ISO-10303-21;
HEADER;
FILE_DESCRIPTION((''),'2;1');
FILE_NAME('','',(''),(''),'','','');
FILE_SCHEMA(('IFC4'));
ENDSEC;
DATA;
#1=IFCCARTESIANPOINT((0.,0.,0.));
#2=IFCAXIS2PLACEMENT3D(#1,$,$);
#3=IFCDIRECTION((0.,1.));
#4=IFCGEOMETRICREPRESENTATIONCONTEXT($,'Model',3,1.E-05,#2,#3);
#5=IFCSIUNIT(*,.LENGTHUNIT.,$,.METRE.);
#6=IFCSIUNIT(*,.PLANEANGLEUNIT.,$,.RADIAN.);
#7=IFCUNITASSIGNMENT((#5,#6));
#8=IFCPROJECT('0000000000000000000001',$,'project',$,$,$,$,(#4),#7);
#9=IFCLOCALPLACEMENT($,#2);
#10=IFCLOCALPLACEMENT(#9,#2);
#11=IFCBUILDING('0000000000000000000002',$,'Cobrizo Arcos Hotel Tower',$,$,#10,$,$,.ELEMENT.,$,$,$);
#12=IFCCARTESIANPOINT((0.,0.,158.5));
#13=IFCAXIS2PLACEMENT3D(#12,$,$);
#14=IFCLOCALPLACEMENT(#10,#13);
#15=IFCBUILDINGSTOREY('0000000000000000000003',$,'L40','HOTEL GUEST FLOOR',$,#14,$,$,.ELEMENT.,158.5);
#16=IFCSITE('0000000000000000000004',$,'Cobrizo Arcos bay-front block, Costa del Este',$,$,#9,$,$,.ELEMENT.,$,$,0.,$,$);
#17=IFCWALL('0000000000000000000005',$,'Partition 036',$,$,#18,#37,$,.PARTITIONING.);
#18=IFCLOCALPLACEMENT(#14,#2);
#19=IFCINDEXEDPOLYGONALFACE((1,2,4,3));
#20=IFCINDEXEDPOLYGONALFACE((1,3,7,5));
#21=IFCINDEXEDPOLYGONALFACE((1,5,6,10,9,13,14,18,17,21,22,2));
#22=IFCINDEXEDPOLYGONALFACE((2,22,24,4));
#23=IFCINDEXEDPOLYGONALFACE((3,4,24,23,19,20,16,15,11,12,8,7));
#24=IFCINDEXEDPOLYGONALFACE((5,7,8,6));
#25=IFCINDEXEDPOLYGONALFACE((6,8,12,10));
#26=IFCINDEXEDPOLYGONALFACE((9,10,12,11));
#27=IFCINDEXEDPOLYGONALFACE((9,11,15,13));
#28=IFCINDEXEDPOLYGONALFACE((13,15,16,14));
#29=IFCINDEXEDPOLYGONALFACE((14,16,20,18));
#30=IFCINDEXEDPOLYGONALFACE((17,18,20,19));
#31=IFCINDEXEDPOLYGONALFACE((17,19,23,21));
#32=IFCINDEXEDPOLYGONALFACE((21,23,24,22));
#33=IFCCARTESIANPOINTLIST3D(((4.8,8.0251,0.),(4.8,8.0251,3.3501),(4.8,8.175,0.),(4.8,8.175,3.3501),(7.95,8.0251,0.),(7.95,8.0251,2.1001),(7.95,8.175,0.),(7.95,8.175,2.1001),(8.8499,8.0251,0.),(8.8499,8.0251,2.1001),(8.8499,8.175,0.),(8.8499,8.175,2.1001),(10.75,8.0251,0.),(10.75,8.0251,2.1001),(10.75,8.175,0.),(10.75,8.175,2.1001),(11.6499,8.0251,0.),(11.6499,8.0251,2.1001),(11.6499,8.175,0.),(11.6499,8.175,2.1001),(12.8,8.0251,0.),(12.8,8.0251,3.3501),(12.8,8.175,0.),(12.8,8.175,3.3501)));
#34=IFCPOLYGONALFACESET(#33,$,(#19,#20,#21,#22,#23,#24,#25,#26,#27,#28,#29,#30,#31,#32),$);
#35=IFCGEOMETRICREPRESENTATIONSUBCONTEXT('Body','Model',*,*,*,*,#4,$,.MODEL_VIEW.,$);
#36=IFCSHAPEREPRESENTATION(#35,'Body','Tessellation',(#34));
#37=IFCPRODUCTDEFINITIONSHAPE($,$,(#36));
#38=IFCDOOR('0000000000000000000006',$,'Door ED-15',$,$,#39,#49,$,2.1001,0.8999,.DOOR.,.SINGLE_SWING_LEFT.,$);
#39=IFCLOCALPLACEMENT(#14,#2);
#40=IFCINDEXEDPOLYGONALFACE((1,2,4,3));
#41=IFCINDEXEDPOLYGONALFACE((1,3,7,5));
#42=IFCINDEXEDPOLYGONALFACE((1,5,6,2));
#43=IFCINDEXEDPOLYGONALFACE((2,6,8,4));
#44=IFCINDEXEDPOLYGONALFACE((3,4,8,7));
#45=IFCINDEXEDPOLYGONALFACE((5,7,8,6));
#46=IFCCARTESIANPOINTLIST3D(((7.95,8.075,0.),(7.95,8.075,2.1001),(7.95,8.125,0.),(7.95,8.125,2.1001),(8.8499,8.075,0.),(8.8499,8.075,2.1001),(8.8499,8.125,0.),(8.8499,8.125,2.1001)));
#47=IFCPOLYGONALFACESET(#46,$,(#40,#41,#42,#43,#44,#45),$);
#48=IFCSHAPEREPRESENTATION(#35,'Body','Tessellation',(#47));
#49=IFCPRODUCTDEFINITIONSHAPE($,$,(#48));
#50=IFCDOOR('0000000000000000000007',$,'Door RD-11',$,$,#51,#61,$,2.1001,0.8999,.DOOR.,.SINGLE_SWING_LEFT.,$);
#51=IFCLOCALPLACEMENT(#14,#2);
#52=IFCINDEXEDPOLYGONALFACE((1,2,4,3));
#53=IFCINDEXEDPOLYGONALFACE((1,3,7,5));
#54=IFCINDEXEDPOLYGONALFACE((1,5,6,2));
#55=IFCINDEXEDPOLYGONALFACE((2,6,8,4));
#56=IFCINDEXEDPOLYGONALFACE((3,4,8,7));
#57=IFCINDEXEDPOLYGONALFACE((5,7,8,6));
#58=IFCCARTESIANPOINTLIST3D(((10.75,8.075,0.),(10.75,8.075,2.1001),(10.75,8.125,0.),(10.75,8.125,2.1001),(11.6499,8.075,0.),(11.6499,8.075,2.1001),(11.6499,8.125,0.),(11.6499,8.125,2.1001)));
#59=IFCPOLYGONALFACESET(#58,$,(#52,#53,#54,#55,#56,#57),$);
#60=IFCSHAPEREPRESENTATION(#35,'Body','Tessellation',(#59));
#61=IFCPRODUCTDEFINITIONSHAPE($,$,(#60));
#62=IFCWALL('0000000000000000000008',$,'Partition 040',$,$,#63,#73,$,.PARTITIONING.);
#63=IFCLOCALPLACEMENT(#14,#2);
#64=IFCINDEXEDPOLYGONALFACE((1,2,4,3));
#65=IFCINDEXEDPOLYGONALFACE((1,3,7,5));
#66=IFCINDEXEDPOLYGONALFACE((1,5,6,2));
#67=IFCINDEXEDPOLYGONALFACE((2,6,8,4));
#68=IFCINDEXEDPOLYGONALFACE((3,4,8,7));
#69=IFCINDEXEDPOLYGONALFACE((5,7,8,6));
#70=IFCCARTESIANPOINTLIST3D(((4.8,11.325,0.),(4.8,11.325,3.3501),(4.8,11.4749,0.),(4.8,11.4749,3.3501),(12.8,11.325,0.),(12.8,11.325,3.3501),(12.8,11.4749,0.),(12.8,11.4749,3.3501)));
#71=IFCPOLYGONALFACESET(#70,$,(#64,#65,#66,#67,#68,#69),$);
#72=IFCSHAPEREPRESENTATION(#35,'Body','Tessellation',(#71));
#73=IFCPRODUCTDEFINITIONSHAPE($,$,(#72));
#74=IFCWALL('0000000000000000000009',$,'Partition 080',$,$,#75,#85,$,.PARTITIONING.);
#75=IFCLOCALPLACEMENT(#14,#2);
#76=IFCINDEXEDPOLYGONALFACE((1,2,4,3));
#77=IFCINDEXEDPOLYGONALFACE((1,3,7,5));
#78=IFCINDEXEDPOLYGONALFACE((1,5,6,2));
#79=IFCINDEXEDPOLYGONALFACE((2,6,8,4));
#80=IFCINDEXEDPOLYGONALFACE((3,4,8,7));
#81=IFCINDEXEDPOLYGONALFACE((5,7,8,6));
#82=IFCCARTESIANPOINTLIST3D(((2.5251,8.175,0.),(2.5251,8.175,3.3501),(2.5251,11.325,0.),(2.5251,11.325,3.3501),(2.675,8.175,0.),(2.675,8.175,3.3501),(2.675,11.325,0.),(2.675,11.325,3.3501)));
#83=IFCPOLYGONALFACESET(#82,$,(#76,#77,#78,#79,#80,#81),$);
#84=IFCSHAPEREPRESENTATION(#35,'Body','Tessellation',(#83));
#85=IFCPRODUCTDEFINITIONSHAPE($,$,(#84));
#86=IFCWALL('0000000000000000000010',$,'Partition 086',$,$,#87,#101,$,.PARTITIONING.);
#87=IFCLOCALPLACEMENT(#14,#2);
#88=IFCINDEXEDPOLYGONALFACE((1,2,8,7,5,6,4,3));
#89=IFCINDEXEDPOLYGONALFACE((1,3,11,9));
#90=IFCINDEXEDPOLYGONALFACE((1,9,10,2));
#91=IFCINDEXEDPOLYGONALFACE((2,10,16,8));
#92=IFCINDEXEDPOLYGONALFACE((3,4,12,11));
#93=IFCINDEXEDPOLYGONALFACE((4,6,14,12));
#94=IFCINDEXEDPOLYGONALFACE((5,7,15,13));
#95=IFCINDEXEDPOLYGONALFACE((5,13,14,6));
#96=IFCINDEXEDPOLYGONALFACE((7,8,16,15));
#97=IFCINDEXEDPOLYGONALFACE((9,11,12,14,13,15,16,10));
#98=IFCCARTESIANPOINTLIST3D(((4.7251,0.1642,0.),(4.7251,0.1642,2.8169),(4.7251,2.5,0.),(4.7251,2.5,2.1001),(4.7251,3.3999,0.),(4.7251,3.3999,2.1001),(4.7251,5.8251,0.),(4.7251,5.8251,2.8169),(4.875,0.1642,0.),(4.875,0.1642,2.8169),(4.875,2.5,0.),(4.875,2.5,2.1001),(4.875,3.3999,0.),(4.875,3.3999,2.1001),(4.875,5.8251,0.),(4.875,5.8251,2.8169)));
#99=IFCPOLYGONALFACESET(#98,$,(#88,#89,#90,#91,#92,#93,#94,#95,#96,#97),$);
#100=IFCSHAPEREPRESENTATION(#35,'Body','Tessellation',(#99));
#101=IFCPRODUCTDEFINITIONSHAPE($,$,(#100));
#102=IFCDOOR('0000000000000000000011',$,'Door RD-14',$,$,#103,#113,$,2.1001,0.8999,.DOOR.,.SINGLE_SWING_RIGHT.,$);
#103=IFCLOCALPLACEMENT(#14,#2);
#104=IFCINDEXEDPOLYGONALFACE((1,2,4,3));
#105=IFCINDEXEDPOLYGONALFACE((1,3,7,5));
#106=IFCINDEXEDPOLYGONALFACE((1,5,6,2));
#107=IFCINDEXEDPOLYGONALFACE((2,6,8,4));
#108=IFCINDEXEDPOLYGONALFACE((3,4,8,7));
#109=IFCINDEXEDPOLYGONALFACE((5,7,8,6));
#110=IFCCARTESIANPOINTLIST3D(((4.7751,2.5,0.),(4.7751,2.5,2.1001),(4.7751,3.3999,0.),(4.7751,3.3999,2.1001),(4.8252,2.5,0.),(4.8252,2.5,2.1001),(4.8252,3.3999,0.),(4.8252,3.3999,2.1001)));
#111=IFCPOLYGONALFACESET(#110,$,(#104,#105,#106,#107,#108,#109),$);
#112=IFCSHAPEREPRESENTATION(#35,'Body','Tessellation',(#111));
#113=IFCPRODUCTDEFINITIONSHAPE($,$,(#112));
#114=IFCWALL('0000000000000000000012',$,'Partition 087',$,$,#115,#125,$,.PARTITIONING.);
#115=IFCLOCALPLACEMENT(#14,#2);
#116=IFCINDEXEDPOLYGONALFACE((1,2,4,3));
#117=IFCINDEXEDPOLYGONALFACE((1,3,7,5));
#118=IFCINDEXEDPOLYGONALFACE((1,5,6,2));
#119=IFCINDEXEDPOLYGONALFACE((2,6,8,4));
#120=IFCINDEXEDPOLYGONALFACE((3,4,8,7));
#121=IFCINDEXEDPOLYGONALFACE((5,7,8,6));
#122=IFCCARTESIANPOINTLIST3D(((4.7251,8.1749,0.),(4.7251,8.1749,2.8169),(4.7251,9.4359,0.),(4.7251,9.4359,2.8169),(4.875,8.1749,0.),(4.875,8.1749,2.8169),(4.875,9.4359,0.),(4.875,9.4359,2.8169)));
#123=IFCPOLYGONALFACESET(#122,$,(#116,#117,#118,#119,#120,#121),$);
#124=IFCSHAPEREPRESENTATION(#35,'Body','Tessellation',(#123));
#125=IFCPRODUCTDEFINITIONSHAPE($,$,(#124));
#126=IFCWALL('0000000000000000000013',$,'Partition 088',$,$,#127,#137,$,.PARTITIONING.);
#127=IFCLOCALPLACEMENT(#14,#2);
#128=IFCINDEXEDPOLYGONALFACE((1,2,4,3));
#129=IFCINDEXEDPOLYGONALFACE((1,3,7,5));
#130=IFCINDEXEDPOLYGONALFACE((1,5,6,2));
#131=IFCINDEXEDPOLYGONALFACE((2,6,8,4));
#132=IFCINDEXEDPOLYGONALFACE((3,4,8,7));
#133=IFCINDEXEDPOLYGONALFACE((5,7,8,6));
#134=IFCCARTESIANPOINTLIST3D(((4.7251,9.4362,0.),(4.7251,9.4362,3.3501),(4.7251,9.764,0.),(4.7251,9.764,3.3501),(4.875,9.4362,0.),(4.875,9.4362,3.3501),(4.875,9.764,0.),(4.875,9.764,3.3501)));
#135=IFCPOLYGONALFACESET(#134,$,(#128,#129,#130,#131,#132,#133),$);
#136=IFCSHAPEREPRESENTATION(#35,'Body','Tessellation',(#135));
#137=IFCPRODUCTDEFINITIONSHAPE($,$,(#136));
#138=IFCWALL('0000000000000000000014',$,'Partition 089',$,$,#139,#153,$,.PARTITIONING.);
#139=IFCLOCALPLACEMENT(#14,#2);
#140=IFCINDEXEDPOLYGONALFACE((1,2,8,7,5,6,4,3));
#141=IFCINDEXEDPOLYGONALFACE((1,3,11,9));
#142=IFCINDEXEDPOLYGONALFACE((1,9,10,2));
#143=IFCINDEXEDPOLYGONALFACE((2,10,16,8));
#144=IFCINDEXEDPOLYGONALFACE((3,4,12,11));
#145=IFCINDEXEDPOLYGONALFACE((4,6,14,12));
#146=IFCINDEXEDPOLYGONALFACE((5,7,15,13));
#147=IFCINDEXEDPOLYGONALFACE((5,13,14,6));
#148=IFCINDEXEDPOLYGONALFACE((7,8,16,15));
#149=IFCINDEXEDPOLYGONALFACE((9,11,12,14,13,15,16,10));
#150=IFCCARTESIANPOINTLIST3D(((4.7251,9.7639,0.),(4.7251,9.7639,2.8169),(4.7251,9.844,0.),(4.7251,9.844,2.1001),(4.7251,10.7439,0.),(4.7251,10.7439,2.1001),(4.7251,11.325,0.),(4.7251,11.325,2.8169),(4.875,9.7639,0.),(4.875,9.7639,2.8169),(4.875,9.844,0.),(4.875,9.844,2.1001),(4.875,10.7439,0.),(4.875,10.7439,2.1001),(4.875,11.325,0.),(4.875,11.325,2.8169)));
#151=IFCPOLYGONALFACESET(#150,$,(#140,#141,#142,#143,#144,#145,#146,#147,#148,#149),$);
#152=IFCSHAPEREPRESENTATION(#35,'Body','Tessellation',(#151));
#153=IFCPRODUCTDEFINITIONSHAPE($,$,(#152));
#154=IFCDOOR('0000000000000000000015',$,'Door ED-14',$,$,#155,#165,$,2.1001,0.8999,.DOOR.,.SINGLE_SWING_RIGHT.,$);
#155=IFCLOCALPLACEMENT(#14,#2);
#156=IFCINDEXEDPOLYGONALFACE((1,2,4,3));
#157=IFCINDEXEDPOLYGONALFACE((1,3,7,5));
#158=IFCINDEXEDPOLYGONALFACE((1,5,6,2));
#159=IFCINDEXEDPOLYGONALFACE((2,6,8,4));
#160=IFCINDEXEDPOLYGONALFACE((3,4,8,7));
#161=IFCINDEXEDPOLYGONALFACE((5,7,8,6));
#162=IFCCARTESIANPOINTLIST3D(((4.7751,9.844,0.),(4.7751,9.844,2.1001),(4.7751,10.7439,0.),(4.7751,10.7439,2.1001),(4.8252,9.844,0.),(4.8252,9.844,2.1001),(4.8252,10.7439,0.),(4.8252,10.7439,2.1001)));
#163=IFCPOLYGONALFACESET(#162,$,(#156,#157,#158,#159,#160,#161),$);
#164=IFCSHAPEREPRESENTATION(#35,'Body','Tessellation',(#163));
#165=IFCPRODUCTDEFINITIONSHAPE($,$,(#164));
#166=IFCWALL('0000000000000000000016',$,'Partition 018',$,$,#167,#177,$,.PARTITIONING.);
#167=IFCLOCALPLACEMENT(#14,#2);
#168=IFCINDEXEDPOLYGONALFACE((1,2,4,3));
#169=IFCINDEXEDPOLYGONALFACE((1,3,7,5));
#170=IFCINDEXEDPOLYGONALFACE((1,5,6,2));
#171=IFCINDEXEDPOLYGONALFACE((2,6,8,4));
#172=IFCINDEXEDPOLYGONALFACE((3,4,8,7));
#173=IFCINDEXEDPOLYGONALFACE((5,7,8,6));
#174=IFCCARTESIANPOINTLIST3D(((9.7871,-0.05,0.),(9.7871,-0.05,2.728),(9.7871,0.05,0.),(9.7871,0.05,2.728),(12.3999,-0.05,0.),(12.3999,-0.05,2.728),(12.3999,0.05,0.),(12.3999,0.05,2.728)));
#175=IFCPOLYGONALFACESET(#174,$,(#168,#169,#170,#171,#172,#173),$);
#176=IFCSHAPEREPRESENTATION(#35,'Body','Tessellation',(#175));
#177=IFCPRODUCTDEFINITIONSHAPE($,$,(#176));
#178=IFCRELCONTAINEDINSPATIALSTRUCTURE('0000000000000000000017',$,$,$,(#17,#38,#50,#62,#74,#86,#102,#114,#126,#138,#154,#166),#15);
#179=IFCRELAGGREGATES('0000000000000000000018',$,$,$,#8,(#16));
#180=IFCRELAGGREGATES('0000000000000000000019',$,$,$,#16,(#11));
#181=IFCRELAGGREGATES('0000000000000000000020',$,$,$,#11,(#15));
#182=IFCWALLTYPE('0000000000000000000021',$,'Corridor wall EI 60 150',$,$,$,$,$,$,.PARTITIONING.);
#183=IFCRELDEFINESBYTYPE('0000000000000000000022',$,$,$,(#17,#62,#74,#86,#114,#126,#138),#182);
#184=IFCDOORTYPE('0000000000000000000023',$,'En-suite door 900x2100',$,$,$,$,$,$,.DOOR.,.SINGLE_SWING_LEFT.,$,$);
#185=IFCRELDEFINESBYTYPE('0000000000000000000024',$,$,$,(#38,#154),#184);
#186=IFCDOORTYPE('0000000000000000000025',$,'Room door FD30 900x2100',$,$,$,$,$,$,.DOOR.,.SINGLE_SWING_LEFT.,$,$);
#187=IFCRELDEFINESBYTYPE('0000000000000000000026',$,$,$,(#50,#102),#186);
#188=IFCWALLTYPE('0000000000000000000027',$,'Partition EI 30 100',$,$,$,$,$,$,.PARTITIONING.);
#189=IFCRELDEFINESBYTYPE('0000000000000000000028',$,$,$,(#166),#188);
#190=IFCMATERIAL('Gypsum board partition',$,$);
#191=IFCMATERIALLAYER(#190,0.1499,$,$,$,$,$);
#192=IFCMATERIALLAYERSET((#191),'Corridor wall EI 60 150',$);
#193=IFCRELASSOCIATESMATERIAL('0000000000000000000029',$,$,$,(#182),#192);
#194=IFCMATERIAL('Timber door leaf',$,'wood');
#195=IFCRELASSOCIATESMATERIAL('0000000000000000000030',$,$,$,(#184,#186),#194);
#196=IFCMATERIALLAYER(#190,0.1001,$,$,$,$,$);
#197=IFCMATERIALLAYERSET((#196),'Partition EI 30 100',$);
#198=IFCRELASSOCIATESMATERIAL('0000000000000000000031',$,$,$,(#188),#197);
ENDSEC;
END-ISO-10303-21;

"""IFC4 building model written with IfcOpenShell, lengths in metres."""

from ifc_helpers import new_model, si_unit, direction, frame, frame_2d, origin, place, context, subcontext, project, spatial, rectangle, extrude, material, layer, layer_set, type_object, element, fill, save


model = new_model("IFC4")

# Units and contexts
model_context = context("Model", 3, precision=1e-05, world=origin(), true_north=direction((0.0, 1.0)))
body_context = subcontext(model_context, "Body", "Model", "MODEL_VIEW")
ifc_project = project(units=[si_unit("LENGTHUNIT", "METRE"), si_unit("PLANEANGLEUNIT", "RADIAN")], contexts=[model_context])

# Site, building, storey
site_placement = place(None, origin())
site = spatial("IfcSite", under=ifc_project, at=site_placement, Name="Cobrizo Arcos bay-front block, Costa del Este", CompositionType="ELEMENT", RefElevation=0.0)
building_placement = place(site_placement, origin())
building = spatial("IfcBuilding", under=site, at=building_placement, Name="Cobrizo Arcos Hotel Tower", CompositionType="ELEMENT")
storey_placement = place(building_placement, frame((0.0, 0.0, 158.5)))
storey = spatial("IfcBuildingStorey", under=building, at=storey_placement, Name="L40", Description="HOTEL GUEST FLOOR", CompositionType="ELEMENT", Elevation=158.5)

# Shared definitions
ifc_material_1 = material(Name="Gypsum board partition")
ifc_layer_1 = layer(ifc_material_1, 0.1499)
ifc_layer_set_1 = layer_set([ifc_layer_1], Name="Corridor wall EI 60 150")
wall_type_1 = type_object("IfcWallType", Name="Corridor wall EI 60 150", PredefinedType="PARTITIONING", material=ifc_layer_set_1)

# Wall, openings, doors
wall_1_placement = place(storey_placement, frame((4.8, 8.1001, 0.0), z_axis=(0.0, 0.0, 1.0), x_axis=(1.0, 0.0, 0.0)))
wall_1 = element("IfcWall", 1, at=wall_1_placement, inside=storey, type_object=wall_type_1, Name="Partition 036", PredefinedType="PARTITIONING", context=body_context, shape_type="SweptSolid", body=[
    extrude(rectangle(XDim=8.0, YDim=0.1499, at=frame_2d((4.0, 0.0))), origin(), (0.0, 0.0, 1.0), 3.3501),
])
opening_1_placement = place(wall_1_placement, frame((5.95, 0.0, 0.0)))
opening_1 = element("IfcOpeningElement", 2, at=opening_1_placement, cuts=wall_1, PredefinedType="OPENING", context=body_context, shape_type="SweptSolid", body=[
    extrude(rectangle(XDim=0.8999, YDim=2.1001, at=frame_2d((0.45, 1.05))), frame((0.0, 0.0869, 0.0), z_axis=(0.0, -1.0, 0.0), x_axis=(1.0, 0.0, 0.0)), (0.0, 0.0, 1.0), 0.1738),
])
opening_2_placement = place(wall_1_placement, frame((3.1499, 0.0, 0.0)))
opening_2 = element("IfcOpeningElement", 3, at=opening_2_placement, cuts=wall_1, PredefinedType="OPENING", context=body_context, shape_type="SweptSolid", body=[
    extrude(rectangle(XDim=0.8999, YDim=2.1001, at=frame_2d((0.45, 1.05))), frame((0.0, 0.0869, 0.0), z_axis=(0.0, -1.0, 0.0), x_axis=(1.0, 0.0, 0.0)), (0.0, 0.0, 1.0), 0.1738),
])
ifc_material_2 = material(Name="Timber door leaf", Category="wood")
door_type_1 = type_object("IfcDoorType", Name="En-suite door 900x2100", OperationType="SINGLE_SWING_LEFT", PredefinedType="DOOR", material=ifc_material_2)
door_1_placement = place(opening_2_placement, origin())
door_1 = element("IfcDoor", 4, at=door_1_placement, inside=storey, type_object=door_type_1, Name="Door ED-15", OperationType="SINGLE_SWING_LEFT", OverallHeight=2.1001, OverallWidth=0.8999, PredefinedType="DOOR", context=body_context, shape_type="SweptSolid", body=[
    extrude(rectangle(XDim=0.8999, YDim=2.1001, at=frame_2d((0.45, 1.05))), frame((0.0, 0.0249, 0.0), z_axis=(0.0, -1.0, 0.0), x_axis=(1.0, 0.0, 0.0)), (0.0, 0.0, 1.0), 0.05),
])
fill(opening_2, door_1)
door_type_2 = type_object("IfcDoorType", Name="Room door FD30 900x2100", OperationType="SINGLE_SWING_LEFT", PredefinedType="DOOR", material=ifc_material_2)
door_2_placement = place(opening_1_placement, origin())
door_2 = element("IfcDoor", 5, at=door_2_placement, inside=storey, type_object=door_type_2, Name="Door RD-11", OperationType="SINGLE_SWING_LEFT", OverallHeight=2.1001, OverallWidth=0.8999, PredefinedType="DOOR", context=body_context, shape_type="SweptSolid", body=[
    extrude(rectangle(XDim=0.8999, YDim=2.1001, at=frame_2d((0.45, 1.05))), frame((0.0, 0.0249, 0.0), z_axis=(0.0, -1.0, 0.0), x_axis=(1.0, 0.0, 0.0)), (0.0, 0.0, 1.0), 0.05),
])
fill(opening_1, door_2)

# Walls
wall_2_placement = place(storey_placement, frame((4.8, 11.3999, 0.0), z_axis=(0.0, 0.0, 1.0), x_axis=(1.0, 0.0, 0.0)))
element("IfcWall", 6, at=wall_2_placement, inside=storey, type_object=wall_type_1, Name="Partition 040", PredefinedType="PARTITIONING", context=body_context, shape_type="SweptSolid", body=[
    extrude(rectangle(XDim=8.0, YDim=0.1499, at=frame_2d((4.0, 0.0))), origin(), (0.0, 0.0, 1.0), 3.3501),
])
wall_3_placement = place(storey_placement, frame((2.6001, 8.175, 0.0), z_axis=(0.0, 0.0, 1.0), x_axis=(0.0, 1.0, 0.0)))
element("IfcWall", 7, at=wall_3_placement, inside=storey, type_object=wall_type_1, Name="Partition 080", PredefinedType="PARTITIONING", context=body_context, shape_type="SweptSolid", body=[
    extrude(rectangle(XDim=3.1499, YDim=0.1499, at=frame_2d((1.575, 0.0))), origin(), (0.0, 0.0, 1.0), 3.3501),
])

# Wall, opening, door
wall_4_placement = place(storey_placement, frame((4.8, 0.1641, 0.0), z_axis=(0.0, 0.0, 1.0), x_axis=(0.0, 1.0, 0.0)))
wall_4 = element("IfcWall", 8, at=wall_4_placement, inside=storey, type_object=wall_type_1, Name="Partition 086", PredefinedType="PARTITIONING", context=body_context, shape_type="SweptSolid", body=[
    extrude(rectangle(XDim=5.6609, YDim=0.1499, at=frame_2d((2.8306, 0.0))), origin(), (0.0, 0.0, 1.0), 2.8169),
])
opening_3_placement = place(wall_4_placement, frame((2.3359, 0.0, 0.0)))
opening_3 = element("IfcOpeningElement", 9, at=opening_3_placement, cuts=wall_4, PredefinedType="OPENING", context=body_context, shape_type="SweptSolid", body=[
    extrude(rectangle(XDim=0.8999, YDim=2.1001, at=frame_2d((0.45, 1.05))), frame((0.0, 0.0869, 0.0), z_axis=(0.0, -1.0, 0.0), x_axis=(1.0, 0.0, 0.0)), (0.0, 0.0, 1.0), 0.1738),
])
door_3_placement = place(opening_3_placement, origin())
door_3 = element("IfcDoor", 10, at=door_3_placement, inside=storey, type_object=door_type_2, Name="Door RD-14", OperationType="SINGLE_SWING_RIGHT", OverallHeight=2.1001, OverallWidth=0.8999, PredefinedType="DOOR", context=body_context, shape_type="SweptSolid", body=[
    extrude(rectangle(XDim=0.8999, YDim=2.1001, at=frame_2d((0.45, 1.05))), frame((0.0, 0.0249, 0.0), z_axis=(0.0, -1.0, 0.0), x_axis=(1.0, 0.0, 0.0)), (0.0, 0.0, 1.0), 0.05),
])
fill(opening_3, door_3)

# Walls
wall_5_placement = place(storey_placement, frame((4.8, 8.175, 0.0), z_axis=(0.0, 0.0, 1.0), x_axis=(0.0, 1.0, 0.0)))
element("IfcWall", 11, at=wall_5_placement, inside=storey, type_object=wall_type_1, Name="Partition 087", PredefinedType="PARTITIONING", context=body_context, shape_type="SweptSolid", body=[
    extrude(rectangle(XDim=1.261, YDim=0.1499, at=frame_2d((0.6304, 0.0))), origin(), (0.0, 0.0, 1.0), 2.8169),
])
wall_6_placement = place(storey_placement, frame((4.8, 9.436, 0.0), z_axis=(0.0, 0.0, 1.0), x_axis=(0.0, 1.0, 0.0)))
element("IfcWall", 12, at=wall_6_placement, inside=storey, type_object=wall_type_1, Name="Partition 088", PredefinedType="PARTITIONING", context=body_context, shape_type="SweptSolid", body=[
    extrude(rectangle(XDim=0.3279, YDim=0.1499, at=frame_2d((0.1641, 0.0))), origin(), (0.0, 0.0, 1.0), 3.3501),
])

# Wall, opening, door
wall_7_placement = place(storey_placement, frame((4.8, 9.7639, 0.0), z_axis=(0.0, 0.0, 1.0), x_axis=(0.0, 1.0, 0.0)))
wall_7 = element("IfcWall", 13, at=wall_7_placement, inside=storey, type_object=wall_type_1, Name="Partition 089", PredefinedType="PARTITIONING", context=body_context, shape_type="SweptSolid", body=[
    extrude(rectangle(XDim=1.561, YDim=0.1499, at=frame_2d((0.7805, 0.0))), origin(), (0.0, 0.0, 1.0), 2.8169),
])
opening_4_placement = place(wall_7_placement, frame((0.0801, 0.0, 0.0)))
opening_4 = element("IfcOpeningElement", 14, at=opening_4_placement, cuts=wall_7, PredefinedType="OPENING", context=body_context, shape_type="SweptSolid", body=[
    extrude(rectangle(XDim=0.8999, YDim=2.1001, at=frame_2d((0.45, 1.05))), frame((0.0, 0.0869, 0.0), z_axis=(0.0, -1.0, 0.0), x_axis=(1.0, 0.0, 0.0)), (0.0, 0.0, 1.0), 0.1738),
])
door_4_placement = place(opening_4_placement, origin())
door_4 = element("IfcDoor", 15, at=door_4_placement, inside=storey, type_object=door_type_1, Name="Door ED-14", OperationType="SINGLE_SWING_RIGHT", OverallHeight=2.1001, OverallWidth=0.8999, PredefinedType="DOOR", context=body_context, shape_type="SweptSolid", body=[
    extrude(rectangle(XDim=0.8999, YDim=2.1001, at=frame_2d((0.45, 1.05))), frame((0.0, 0.0249, 0.0), z_axis=(0.0, -1.0, 0.0), x_axis=(1.0, 0.0, 0.0)), (0.0, 0.0, 1.0), 0.05),
])
fill(opening_4, door_4)

# Wall
ifc_layer_2 = layer(ifc_material_1, 0.1001)
ifc_layer_set_2 = layer_set([ifc_layer_2], Name="Partition EI 30 100")
wall_type_2 = type_object("IfcWallType", Name="Partition EI 30 100", PredefinedType="PARTITIONING", material=ifc_layer_set_2)
wall_8_placement = place(storey_placement, frame((9.7871, 0.0, 0.0), z_axis=(0.0, 0.0, 1.0), x_axis=(1.0, 0.0, 0.0)))
element("IfcWall", 16, at=wall_8_placement, inside=storey, type_object=wall_type_2, Name="Partition 018", PredefinedType="PARTITIONING", context=body_context, shape_type="SweptSolid", body=[
    extrude(rectangle(XDim=2.6128, YDim=0.1001, at=frame_2d((1.3064, 0.0))), origin(), (0.0, 0.0, 1.0), 2.728),
])

save(model, "model.ifc")
